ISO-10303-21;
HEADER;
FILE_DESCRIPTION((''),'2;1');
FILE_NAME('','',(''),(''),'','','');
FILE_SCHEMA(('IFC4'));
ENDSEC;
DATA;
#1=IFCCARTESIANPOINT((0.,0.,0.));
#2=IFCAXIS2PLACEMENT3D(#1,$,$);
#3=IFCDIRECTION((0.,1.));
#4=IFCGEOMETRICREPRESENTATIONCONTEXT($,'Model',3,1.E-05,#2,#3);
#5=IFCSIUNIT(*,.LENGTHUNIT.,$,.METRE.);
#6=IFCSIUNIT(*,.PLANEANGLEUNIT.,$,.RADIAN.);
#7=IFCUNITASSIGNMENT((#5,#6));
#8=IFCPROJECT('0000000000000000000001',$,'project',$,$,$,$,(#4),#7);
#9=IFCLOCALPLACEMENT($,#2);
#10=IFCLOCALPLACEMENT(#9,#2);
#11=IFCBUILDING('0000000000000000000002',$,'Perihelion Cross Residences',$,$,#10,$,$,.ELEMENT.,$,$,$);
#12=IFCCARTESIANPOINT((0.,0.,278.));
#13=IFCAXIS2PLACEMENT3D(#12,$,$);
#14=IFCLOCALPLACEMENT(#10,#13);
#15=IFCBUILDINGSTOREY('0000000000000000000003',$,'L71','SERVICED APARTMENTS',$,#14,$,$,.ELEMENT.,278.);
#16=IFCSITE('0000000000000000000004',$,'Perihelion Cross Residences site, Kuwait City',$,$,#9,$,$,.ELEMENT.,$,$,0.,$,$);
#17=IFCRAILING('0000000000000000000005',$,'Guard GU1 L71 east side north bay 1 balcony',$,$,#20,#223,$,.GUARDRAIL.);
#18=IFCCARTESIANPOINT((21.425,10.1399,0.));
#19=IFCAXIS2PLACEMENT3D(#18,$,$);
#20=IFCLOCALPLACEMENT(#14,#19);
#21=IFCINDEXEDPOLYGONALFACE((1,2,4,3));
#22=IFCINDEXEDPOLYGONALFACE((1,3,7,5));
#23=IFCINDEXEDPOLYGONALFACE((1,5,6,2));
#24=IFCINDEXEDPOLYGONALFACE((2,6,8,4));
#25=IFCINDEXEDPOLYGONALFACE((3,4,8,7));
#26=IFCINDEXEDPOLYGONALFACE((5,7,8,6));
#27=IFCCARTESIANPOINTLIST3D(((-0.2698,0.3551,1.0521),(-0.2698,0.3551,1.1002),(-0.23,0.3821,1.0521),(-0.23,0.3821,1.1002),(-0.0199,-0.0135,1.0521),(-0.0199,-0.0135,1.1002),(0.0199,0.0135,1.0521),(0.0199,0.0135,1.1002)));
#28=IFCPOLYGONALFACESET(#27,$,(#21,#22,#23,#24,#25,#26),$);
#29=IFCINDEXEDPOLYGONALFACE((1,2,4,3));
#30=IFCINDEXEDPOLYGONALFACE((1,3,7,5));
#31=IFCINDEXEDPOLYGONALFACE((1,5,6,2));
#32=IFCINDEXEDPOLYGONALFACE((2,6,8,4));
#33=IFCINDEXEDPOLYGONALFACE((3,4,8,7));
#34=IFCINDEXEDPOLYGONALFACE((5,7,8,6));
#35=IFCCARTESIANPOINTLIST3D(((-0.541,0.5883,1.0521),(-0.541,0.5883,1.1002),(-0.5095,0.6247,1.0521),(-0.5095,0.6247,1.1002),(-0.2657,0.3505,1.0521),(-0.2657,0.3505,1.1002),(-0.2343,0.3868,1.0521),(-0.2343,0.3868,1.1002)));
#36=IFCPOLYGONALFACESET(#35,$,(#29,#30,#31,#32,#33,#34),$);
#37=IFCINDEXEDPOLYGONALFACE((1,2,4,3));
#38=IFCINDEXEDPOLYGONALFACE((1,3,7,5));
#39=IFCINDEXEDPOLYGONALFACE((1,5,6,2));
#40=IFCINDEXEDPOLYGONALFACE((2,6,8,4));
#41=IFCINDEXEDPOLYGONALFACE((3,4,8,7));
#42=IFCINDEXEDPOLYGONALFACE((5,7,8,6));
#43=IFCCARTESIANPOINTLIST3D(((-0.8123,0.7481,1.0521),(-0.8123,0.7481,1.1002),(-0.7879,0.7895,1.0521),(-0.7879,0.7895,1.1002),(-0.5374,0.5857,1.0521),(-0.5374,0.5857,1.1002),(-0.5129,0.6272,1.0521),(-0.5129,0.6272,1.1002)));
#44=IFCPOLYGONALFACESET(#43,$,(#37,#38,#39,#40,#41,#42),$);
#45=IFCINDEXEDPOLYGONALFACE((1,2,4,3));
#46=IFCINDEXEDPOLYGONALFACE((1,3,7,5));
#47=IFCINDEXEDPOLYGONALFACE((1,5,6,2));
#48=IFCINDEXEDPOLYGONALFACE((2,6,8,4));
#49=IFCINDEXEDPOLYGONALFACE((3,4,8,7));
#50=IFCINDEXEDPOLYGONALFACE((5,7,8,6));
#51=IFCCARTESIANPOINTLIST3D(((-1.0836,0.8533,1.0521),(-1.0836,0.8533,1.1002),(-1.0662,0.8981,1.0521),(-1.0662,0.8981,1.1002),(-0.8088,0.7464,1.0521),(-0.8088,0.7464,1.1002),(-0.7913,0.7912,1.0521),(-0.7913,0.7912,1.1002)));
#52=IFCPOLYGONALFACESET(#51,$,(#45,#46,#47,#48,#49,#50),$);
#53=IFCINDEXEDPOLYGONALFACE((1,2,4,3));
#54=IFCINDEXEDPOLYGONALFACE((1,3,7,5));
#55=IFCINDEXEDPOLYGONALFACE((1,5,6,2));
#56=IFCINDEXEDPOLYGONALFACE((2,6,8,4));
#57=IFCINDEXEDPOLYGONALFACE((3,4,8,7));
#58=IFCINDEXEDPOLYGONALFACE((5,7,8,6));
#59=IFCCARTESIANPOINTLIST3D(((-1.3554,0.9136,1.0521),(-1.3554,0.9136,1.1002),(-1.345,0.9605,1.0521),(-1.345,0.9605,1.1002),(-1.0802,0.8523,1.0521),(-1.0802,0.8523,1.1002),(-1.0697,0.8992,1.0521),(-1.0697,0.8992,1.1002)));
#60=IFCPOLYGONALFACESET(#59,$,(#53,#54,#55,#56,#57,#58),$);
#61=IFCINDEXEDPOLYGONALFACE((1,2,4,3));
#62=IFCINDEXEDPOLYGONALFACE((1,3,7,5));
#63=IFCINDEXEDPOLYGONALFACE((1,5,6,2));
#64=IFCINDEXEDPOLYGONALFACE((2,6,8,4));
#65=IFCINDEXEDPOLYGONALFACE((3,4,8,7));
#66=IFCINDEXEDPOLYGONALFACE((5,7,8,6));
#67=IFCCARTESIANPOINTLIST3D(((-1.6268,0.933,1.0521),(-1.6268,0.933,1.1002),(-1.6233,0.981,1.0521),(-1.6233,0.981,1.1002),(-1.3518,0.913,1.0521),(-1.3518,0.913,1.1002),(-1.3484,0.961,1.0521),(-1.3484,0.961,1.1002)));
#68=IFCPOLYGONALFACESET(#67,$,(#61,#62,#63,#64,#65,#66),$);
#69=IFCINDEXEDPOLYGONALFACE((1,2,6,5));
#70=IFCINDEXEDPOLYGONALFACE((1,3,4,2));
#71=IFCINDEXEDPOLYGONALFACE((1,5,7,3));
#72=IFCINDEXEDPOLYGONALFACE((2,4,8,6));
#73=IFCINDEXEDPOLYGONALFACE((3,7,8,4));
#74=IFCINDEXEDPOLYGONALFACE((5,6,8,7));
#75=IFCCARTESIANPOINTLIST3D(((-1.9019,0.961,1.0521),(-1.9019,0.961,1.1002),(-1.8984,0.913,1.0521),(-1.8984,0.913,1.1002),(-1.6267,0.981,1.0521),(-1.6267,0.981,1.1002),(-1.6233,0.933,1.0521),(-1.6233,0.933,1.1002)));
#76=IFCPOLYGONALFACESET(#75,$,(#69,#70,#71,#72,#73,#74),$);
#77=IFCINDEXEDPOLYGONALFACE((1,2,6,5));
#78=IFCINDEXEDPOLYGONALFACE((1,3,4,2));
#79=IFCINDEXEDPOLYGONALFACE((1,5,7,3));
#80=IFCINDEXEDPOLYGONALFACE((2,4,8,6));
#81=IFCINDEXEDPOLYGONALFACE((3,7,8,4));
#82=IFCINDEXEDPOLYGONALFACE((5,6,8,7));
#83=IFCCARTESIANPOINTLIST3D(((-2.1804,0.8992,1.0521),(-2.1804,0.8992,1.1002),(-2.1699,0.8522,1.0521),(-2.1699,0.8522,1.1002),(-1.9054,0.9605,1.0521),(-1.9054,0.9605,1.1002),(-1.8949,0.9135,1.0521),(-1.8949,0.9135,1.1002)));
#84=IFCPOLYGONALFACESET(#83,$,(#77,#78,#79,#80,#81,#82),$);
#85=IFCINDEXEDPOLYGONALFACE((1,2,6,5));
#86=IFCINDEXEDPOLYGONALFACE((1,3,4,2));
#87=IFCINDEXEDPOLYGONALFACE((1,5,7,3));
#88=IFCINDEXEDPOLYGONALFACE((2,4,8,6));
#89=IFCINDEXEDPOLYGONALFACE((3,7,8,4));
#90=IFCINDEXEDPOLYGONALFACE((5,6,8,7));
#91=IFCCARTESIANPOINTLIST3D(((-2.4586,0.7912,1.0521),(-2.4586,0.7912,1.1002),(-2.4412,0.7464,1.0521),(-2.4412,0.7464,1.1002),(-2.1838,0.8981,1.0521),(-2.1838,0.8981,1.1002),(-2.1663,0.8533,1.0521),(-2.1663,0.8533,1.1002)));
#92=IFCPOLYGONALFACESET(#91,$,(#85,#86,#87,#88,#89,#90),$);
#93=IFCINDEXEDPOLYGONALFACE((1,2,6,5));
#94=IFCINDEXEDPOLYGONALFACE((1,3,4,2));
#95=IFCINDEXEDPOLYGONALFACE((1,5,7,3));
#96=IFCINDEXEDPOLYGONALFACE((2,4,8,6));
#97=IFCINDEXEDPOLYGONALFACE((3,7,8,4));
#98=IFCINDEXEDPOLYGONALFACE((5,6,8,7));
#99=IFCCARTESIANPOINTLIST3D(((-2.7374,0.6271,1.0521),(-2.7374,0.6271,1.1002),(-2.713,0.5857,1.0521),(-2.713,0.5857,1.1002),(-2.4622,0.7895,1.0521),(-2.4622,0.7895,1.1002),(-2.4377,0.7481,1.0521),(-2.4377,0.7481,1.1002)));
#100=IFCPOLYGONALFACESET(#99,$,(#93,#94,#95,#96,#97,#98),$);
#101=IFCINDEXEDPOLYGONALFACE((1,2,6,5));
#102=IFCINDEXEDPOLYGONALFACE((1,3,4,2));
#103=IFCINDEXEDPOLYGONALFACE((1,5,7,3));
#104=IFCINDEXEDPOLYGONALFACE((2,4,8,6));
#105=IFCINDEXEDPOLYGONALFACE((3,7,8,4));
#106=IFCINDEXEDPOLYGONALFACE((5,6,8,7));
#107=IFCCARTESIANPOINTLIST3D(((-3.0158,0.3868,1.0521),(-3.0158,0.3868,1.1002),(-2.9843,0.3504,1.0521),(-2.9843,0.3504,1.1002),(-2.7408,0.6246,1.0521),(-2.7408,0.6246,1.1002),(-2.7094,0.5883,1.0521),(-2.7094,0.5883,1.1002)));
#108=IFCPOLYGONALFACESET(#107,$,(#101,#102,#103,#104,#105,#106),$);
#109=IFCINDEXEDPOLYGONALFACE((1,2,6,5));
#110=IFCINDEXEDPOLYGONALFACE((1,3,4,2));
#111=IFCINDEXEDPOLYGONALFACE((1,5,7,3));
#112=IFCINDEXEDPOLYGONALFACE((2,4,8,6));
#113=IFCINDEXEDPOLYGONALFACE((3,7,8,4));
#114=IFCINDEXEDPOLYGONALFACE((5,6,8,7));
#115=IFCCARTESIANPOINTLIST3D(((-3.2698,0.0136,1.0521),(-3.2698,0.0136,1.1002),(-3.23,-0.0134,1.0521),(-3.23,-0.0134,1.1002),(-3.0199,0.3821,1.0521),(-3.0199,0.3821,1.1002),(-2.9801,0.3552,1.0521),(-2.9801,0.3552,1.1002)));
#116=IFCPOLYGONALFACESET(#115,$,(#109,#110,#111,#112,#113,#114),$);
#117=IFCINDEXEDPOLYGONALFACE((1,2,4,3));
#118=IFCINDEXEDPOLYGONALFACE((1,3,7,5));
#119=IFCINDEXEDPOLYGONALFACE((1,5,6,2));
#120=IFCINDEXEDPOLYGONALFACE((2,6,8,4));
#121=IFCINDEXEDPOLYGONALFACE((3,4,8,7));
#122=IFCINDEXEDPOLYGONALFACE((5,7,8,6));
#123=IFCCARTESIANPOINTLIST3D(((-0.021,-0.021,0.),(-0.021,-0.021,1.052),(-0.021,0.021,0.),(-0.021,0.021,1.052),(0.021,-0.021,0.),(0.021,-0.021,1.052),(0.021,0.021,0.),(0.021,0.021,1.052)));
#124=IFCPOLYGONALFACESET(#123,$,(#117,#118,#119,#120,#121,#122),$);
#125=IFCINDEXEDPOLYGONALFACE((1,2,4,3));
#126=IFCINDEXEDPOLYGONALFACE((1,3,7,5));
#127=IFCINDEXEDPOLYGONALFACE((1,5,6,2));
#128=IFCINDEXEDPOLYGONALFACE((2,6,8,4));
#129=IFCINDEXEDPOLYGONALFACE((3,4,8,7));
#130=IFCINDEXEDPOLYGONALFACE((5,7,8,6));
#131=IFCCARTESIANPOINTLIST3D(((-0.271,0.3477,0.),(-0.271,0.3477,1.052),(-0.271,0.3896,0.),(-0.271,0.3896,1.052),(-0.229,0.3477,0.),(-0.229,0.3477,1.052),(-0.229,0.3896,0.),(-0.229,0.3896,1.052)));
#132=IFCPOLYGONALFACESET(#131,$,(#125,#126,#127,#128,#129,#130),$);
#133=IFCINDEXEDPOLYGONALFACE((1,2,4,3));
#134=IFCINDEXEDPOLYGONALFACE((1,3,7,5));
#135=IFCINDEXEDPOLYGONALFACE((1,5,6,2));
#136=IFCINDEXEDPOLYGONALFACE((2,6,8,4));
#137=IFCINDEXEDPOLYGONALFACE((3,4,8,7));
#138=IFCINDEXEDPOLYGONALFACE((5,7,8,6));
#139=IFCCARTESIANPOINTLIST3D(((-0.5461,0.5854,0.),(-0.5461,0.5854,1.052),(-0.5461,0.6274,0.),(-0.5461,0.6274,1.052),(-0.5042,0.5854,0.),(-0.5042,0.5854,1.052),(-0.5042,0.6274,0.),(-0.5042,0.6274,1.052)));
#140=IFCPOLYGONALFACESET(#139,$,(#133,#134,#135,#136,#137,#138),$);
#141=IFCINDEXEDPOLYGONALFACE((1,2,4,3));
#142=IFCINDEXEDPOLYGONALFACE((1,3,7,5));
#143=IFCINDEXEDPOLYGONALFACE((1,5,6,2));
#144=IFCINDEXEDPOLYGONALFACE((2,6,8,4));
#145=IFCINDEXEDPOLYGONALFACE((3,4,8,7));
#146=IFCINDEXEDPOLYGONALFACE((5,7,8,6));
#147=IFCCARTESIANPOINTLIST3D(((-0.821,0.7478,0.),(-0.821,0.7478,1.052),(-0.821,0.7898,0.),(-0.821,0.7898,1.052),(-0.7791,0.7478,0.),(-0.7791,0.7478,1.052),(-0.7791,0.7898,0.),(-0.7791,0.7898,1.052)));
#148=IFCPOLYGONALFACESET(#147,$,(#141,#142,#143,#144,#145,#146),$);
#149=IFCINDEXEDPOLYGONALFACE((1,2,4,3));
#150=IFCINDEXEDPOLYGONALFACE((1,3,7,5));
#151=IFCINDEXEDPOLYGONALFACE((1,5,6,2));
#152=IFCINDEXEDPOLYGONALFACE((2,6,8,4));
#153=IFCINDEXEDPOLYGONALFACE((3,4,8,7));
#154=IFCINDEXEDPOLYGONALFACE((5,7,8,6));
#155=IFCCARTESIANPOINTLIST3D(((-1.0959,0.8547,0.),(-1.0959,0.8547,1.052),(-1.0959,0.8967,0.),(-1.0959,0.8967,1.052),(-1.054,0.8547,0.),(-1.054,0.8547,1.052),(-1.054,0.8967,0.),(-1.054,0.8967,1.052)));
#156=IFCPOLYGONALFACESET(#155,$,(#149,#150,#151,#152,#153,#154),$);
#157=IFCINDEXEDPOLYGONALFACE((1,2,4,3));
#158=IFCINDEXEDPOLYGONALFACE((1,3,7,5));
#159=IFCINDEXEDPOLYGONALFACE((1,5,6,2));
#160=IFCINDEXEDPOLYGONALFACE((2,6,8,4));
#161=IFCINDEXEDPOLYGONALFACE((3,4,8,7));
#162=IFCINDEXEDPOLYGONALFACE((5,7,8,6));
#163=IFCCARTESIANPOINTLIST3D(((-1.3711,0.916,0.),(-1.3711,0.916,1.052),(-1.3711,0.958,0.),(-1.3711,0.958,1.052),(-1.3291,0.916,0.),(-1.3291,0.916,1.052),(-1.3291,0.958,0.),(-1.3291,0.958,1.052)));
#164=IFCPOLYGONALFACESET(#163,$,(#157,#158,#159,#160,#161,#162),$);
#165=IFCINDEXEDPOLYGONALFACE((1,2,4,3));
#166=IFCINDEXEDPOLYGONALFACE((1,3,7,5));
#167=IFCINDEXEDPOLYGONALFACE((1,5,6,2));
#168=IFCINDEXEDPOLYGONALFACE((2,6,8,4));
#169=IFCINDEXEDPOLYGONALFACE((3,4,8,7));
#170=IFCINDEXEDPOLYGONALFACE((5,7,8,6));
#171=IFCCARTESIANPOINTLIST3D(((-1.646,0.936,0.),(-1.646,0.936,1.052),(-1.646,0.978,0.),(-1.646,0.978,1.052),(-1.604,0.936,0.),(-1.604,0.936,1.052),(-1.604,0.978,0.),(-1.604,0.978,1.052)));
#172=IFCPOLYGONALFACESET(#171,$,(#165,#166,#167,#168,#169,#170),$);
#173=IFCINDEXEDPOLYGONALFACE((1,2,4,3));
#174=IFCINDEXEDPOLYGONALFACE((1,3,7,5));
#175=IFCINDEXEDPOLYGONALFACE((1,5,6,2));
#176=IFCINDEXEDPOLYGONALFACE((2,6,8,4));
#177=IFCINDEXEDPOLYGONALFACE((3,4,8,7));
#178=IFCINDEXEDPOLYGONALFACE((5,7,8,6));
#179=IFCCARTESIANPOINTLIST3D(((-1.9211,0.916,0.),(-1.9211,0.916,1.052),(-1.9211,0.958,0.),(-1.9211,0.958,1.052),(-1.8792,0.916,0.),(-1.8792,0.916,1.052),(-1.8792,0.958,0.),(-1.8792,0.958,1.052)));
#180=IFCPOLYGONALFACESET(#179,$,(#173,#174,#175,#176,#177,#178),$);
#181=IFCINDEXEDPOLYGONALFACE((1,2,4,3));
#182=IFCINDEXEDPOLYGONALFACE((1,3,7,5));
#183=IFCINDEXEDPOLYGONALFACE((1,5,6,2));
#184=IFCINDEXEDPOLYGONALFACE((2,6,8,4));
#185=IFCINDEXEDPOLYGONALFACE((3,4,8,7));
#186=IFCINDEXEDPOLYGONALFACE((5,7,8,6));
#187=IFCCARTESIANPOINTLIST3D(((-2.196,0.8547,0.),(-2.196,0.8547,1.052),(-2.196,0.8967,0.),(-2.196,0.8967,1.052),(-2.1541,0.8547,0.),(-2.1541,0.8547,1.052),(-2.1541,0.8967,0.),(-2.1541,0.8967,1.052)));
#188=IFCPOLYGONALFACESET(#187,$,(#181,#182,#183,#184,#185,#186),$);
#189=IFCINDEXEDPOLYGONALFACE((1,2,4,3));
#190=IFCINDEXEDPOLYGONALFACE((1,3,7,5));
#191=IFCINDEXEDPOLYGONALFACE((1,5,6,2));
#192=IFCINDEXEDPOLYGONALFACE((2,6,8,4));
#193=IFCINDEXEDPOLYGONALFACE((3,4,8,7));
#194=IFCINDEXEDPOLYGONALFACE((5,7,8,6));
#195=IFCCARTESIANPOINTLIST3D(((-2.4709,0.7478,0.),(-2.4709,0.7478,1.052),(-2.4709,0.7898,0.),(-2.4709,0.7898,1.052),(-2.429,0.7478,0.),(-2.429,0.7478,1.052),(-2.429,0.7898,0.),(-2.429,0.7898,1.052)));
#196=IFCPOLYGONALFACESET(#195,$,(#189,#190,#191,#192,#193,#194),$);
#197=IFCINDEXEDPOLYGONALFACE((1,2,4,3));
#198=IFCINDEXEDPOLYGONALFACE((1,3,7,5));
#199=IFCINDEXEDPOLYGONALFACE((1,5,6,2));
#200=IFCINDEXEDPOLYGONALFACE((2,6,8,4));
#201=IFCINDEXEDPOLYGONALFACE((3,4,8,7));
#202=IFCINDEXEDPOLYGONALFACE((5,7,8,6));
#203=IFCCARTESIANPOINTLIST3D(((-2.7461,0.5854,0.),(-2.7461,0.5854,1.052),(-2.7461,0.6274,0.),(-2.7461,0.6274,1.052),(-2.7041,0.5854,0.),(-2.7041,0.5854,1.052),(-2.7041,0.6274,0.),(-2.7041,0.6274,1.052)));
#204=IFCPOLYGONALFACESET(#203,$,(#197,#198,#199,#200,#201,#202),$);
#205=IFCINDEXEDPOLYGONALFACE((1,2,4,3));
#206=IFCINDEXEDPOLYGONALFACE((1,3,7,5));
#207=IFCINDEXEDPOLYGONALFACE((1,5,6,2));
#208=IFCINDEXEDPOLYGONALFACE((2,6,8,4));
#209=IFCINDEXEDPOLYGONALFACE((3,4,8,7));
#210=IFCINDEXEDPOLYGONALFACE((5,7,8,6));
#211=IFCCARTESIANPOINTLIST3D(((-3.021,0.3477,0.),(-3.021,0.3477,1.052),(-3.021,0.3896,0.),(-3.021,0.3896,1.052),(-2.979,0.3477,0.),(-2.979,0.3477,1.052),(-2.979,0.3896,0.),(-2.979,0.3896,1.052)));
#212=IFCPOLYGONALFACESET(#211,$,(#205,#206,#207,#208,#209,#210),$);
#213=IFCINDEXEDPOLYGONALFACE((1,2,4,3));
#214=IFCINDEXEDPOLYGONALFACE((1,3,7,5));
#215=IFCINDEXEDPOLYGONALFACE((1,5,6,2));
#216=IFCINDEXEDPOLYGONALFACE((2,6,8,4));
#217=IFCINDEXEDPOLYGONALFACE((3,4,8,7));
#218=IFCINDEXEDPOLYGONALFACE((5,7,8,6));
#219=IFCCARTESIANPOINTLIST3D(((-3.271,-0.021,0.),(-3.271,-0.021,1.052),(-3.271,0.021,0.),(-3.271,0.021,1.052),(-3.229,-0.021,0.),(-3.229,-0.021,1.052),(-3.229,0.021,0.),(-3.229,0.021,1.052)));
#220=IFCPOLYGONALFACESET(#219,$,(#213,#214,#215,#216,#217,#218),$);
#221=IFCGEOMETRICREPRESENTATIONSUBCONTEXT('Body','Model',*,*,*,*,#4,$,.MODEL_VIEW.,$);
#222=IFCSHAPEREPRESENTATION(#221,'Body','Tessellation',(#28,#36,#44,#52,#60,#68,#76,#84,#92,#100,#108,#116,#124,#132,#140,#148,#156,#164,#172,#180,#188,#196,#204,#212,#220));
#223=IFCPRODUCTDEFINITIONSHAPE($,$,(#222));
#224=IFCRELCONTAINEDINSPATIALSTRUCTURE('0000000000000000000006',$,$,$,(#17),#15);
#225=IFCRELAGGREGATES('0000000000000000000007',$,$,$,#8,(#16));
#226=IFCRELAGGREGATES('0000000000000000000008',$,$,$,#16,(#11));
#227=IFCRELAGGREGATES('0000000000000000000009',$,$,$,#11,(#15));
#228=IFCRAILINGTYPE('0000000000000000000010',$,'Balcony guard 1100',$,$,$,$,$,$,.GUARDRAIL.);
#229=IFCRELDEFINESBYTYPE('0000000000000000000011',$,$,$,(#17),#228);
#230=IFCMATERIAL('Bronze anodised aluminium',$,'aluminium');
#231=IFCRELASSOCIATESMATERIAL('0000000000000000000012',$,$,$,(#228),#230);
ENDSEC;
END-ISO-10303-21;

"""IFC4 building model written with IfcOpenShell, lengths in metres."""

from ifc_helpers import new_model, si_unit, direction, frame, origin, origin_2d, place, context, subcontext, project, spatial, rectangle, extrude, material, type_object, element, save


model = new_model("IFC4")

# Units and contexts
model_context = context("Model", 3, precision=1e-05, world=origin(), true_north=direction((0.0, 1.0)))
body_context = subcontext(model_context, "Body", "Model", "MODEL_VIEW")
ifc_project = project(units=[si_unit("LENGTHUNIT", "METRE"), si_unit("PLANEANGLEUNIT", "RADIAN")], contexts=[model_context])

# Site, building, storey
site_placement = place(None, origin())
site = spatial("IfcSite", under=ifc_project, at=site_placement, Name="Perihelion Cross Residences site, Kuwait City", CompositionType="ELEMENT", RefElevation=0.0)
building_placement = place(site_placement, origin())
building = spatial("IfcBuilding", under=site, at=building_placement, Name="Perihelion Cross Residences", CompositionType="ELEMENT")
storey_placement = place(building_placement, frame((0.0, 0.0, 278.0)))
storey = spatial("IfcBuildingStorey", under=building, at=storey_placement, Name="L71", Description="SERVICED APARTMENTS", CompositionType="ELEMENT", Elevation=278.0)

# Railing
ifc_material_1 = material(Name="Bronze anodised aluminium", Category="aluminium")
railing_type_1 = type_object("IfcRailingType", Name="Balcony guard 1100", PredefinedType="GUARDRAIL", material=ifc_material_1)
railing_1_placement = place(storey_placement, frame((21.425, 10.1399, 0.0)))
element("IfcRailing", 1, at=railing_1_placement, inside=storey, type_object=railing_type_1, Name="Guard GU1 L71 east side north bay 1 balcony", PredefinedType="GUARDRAIL", context=body_context, shape_type="SweptSolid", body=[
    extrude(rectangle(XDim=0.0481, YDim=0.0481, at=origin_2d()), frame((0.0, 0.0, 1.0762), z_axis=(-0.56126, 0.827639, 0.0), x_axis=(-0.827639, -0.56126, 0.0)), (0.0, 0.0, 1.0), 0.4453),
    extrude(rectangle(XDim=0.0481, YDim=0.0481, at=origin_2d()), frame((-0.25, 0.3687, 1.0762), z_axis=(-0.756597, 0.653882, 0.0), x_axis=(-0.653882, -0.756597, 0.0)), (0.0, 0.0, 1.0), 0.3638),
    extrude(rectangle(XDim=0.0481, YDim=0.0481, at=origin_2d()), frame((-0.5251, 0.6064, 1.0762), z_axis=(-0.861048, 0.508523, 0.0), x_axis=(-0.508523, -0.861048, 0.0)), (0.0, 0.0, 1.0), 0.3193),
    extrude(rectangle(XDim=0.0481, YDim=0.0481, at=origin_2d()), frame((-0.8, 0.7688, 1.0762), z_axis=(-0.931974, 0.362526, 0.0), x_axis=(-0.362526, -0.931974, 0.0)), (0.0, 0.0, 1.0), 0.2949),
    extrude(rectangle(XDim=0.0481, YDim=0.0481, at=origin_2d()), frame((-1.075, 0.8757, 1.0762), z_axis=(-0.976085, 0.217389, 0.0), x_axis=(-0.217389, -0.976085, 0.0)), (0.0, 0.0, 1.0), 0.282),
    extrude(rectangle(XDim=0.0481, YDim=0.0481, at=origin_2d()), frame((-1.3501, 0.937, 1.0762), z_axis=(-0.997359, 0.072632, 0.0), x_axis=(-0.072632, -0.997359, 0.0)), (0.0, 0.0, 1.0), 0.2756),
    extrude(rectangle(XDim=0.0481, YDim=0.0481, at=origin_2d()), frame((-1.625, 0.957, 1.0762), z_axis=(-0.997363, -0.072568, 0.0), x_axis=(0.072568, -0.997363, 0.0)), (0.0, 0.0, 1.0), 0.2759),
    extrude(rectangle(XDim=0.0481, YDim=0.0481, at=origin_2d()), frame((-1.9001, 0.937, 1.0762), z_axis=(-0.976044, -0.217573, 0.0), x_axis=(0.217573, -0.976044, 0.0)), (0.0, 0.0, 1.0), 0.2817),
    extrude(rectangle(XDim=0.0481, YDim=0.0481, at=origin_2d()), frame((-2.175, 0.8757, 1.0762), z_axis=(-0.931974, -0.362526, 0.0), x_axis=(0.362526, -0.931974, 0.0)), (0.0, 0.0, 1.0), 0.2949),
    extrude(rectangle(XDim=0.0481, YDim=0.0481, at=origin_2d()), frame((-2.45, 0.7688, 1.0762), z_axis=(-0.861246, -0.508189, 0.0), x_axis=(0.508189, -0.861246, 0.0)), (0.0, 0.0, 1.0), 0.3196),
    extrude(rectangle(XDim=0.0481, YDim=0.0481, at=origin_2d()), frame((-2.7251, 0.6064, 1.0762), z_axis=(-0.756309, -0.654214, 0.0), x_axis=(0.654214, -0.756309, 0.0)), (0.0, 0.0, 1.0), 0.3635),
    extrude(rectangle(XDim=0.0481, YDim=0.0481, at=origin_2d()), frame((-3.0, 0.3687, 1.0762), z_axis=(-0.56126, -0.827639, 0.0), x_axis=(0.827639, -0.56126, 0.0)), (0.0, 0.0, 1.0), 0.4453),
    extrude(rectangle(XDim=0.042, YDim=0.042, at=origin_2d()), origin(), (0.0, 0.0, 1.0), 1.052),
    extrude(rectangle(XDim=0.042, YDim=0.042, at=origin_2d()), frame((-0.25, 0.3687, 0.0)), (0.0, 0.0, 1.0), 1.052),
    extrude(rectangle(XDim=0.042, YDim=0.042, at=origin_2d()), frame((-0.5251, 0.6064, 0.0)), (0.0, 0.0, 1.0), 1.052),
    extrude(rectangle(XDim=0.042, YDim=0.042, at=origin_2d()), frame((-0.8, 0.7688, 0.0)), (0.0, 0.0, 1.0), 1.052),
    extrude(rectangle(XDim=0.042, YDim=0.042, at=origin_2d()), frame((-1.075, 0.8757, 0.0)), (0.0, 0.0, 1.0), 1.052),
    extrude(rectangle(XDim=0.042, YDim=0.042, at=origin_2d()), frame((-1.3501, 0.937, 0.0)), (0.0, 0.0, 1.0), 1.052),
    extrude(rectangle(XDim=0.042, YDim=0.042, at=origin_2d()), frame((-1.625, 0.957, 0.0)), (0.0, 0.0, 1.0), 1.052),
    extrude(rectangle(XDim=0.042, YDim=0.042, at=origin_2d()), frame((-1.9001, 0.937, 0.0)), (0.0, 0.0, 1.0), 1.052),
    extrude(rectangle(XDim=0.042, YDim=0.042, at=origin_2d()), frame((-2.175, 0.8757, 0.0)), (0.0, 0.0, 1.0), 1.052),
    extrude(rectangle(XDim=0.042, YDim=0.042, at=origin_2d()), frame((-2.45, 0.7688, 0.0)), (0.0, 0.0, 1.0), 1.052),
    extrude(rectangle(XDim=0.042, YDim=0.042, at=origin_2d()), frame((-2.7251, 0.6064, 0.0)), (0.0, 0.0, 1.0), 1.052),
    extrude(rectangle(XDim=0.042, YDim=0.042, at=origin_2d()), frame((-3.0, 0.3687, 0.0)), (0.0, 0.0, 1.0), 1.052),
    extrude(rectangle(XDim=0.042, YDim=0.042, at=origin_2d()), frame((-3.25, 0.0, 0.0)), (0.0, 0.0, 1.0), 1.052),
])

save(model, "model.ifc")
